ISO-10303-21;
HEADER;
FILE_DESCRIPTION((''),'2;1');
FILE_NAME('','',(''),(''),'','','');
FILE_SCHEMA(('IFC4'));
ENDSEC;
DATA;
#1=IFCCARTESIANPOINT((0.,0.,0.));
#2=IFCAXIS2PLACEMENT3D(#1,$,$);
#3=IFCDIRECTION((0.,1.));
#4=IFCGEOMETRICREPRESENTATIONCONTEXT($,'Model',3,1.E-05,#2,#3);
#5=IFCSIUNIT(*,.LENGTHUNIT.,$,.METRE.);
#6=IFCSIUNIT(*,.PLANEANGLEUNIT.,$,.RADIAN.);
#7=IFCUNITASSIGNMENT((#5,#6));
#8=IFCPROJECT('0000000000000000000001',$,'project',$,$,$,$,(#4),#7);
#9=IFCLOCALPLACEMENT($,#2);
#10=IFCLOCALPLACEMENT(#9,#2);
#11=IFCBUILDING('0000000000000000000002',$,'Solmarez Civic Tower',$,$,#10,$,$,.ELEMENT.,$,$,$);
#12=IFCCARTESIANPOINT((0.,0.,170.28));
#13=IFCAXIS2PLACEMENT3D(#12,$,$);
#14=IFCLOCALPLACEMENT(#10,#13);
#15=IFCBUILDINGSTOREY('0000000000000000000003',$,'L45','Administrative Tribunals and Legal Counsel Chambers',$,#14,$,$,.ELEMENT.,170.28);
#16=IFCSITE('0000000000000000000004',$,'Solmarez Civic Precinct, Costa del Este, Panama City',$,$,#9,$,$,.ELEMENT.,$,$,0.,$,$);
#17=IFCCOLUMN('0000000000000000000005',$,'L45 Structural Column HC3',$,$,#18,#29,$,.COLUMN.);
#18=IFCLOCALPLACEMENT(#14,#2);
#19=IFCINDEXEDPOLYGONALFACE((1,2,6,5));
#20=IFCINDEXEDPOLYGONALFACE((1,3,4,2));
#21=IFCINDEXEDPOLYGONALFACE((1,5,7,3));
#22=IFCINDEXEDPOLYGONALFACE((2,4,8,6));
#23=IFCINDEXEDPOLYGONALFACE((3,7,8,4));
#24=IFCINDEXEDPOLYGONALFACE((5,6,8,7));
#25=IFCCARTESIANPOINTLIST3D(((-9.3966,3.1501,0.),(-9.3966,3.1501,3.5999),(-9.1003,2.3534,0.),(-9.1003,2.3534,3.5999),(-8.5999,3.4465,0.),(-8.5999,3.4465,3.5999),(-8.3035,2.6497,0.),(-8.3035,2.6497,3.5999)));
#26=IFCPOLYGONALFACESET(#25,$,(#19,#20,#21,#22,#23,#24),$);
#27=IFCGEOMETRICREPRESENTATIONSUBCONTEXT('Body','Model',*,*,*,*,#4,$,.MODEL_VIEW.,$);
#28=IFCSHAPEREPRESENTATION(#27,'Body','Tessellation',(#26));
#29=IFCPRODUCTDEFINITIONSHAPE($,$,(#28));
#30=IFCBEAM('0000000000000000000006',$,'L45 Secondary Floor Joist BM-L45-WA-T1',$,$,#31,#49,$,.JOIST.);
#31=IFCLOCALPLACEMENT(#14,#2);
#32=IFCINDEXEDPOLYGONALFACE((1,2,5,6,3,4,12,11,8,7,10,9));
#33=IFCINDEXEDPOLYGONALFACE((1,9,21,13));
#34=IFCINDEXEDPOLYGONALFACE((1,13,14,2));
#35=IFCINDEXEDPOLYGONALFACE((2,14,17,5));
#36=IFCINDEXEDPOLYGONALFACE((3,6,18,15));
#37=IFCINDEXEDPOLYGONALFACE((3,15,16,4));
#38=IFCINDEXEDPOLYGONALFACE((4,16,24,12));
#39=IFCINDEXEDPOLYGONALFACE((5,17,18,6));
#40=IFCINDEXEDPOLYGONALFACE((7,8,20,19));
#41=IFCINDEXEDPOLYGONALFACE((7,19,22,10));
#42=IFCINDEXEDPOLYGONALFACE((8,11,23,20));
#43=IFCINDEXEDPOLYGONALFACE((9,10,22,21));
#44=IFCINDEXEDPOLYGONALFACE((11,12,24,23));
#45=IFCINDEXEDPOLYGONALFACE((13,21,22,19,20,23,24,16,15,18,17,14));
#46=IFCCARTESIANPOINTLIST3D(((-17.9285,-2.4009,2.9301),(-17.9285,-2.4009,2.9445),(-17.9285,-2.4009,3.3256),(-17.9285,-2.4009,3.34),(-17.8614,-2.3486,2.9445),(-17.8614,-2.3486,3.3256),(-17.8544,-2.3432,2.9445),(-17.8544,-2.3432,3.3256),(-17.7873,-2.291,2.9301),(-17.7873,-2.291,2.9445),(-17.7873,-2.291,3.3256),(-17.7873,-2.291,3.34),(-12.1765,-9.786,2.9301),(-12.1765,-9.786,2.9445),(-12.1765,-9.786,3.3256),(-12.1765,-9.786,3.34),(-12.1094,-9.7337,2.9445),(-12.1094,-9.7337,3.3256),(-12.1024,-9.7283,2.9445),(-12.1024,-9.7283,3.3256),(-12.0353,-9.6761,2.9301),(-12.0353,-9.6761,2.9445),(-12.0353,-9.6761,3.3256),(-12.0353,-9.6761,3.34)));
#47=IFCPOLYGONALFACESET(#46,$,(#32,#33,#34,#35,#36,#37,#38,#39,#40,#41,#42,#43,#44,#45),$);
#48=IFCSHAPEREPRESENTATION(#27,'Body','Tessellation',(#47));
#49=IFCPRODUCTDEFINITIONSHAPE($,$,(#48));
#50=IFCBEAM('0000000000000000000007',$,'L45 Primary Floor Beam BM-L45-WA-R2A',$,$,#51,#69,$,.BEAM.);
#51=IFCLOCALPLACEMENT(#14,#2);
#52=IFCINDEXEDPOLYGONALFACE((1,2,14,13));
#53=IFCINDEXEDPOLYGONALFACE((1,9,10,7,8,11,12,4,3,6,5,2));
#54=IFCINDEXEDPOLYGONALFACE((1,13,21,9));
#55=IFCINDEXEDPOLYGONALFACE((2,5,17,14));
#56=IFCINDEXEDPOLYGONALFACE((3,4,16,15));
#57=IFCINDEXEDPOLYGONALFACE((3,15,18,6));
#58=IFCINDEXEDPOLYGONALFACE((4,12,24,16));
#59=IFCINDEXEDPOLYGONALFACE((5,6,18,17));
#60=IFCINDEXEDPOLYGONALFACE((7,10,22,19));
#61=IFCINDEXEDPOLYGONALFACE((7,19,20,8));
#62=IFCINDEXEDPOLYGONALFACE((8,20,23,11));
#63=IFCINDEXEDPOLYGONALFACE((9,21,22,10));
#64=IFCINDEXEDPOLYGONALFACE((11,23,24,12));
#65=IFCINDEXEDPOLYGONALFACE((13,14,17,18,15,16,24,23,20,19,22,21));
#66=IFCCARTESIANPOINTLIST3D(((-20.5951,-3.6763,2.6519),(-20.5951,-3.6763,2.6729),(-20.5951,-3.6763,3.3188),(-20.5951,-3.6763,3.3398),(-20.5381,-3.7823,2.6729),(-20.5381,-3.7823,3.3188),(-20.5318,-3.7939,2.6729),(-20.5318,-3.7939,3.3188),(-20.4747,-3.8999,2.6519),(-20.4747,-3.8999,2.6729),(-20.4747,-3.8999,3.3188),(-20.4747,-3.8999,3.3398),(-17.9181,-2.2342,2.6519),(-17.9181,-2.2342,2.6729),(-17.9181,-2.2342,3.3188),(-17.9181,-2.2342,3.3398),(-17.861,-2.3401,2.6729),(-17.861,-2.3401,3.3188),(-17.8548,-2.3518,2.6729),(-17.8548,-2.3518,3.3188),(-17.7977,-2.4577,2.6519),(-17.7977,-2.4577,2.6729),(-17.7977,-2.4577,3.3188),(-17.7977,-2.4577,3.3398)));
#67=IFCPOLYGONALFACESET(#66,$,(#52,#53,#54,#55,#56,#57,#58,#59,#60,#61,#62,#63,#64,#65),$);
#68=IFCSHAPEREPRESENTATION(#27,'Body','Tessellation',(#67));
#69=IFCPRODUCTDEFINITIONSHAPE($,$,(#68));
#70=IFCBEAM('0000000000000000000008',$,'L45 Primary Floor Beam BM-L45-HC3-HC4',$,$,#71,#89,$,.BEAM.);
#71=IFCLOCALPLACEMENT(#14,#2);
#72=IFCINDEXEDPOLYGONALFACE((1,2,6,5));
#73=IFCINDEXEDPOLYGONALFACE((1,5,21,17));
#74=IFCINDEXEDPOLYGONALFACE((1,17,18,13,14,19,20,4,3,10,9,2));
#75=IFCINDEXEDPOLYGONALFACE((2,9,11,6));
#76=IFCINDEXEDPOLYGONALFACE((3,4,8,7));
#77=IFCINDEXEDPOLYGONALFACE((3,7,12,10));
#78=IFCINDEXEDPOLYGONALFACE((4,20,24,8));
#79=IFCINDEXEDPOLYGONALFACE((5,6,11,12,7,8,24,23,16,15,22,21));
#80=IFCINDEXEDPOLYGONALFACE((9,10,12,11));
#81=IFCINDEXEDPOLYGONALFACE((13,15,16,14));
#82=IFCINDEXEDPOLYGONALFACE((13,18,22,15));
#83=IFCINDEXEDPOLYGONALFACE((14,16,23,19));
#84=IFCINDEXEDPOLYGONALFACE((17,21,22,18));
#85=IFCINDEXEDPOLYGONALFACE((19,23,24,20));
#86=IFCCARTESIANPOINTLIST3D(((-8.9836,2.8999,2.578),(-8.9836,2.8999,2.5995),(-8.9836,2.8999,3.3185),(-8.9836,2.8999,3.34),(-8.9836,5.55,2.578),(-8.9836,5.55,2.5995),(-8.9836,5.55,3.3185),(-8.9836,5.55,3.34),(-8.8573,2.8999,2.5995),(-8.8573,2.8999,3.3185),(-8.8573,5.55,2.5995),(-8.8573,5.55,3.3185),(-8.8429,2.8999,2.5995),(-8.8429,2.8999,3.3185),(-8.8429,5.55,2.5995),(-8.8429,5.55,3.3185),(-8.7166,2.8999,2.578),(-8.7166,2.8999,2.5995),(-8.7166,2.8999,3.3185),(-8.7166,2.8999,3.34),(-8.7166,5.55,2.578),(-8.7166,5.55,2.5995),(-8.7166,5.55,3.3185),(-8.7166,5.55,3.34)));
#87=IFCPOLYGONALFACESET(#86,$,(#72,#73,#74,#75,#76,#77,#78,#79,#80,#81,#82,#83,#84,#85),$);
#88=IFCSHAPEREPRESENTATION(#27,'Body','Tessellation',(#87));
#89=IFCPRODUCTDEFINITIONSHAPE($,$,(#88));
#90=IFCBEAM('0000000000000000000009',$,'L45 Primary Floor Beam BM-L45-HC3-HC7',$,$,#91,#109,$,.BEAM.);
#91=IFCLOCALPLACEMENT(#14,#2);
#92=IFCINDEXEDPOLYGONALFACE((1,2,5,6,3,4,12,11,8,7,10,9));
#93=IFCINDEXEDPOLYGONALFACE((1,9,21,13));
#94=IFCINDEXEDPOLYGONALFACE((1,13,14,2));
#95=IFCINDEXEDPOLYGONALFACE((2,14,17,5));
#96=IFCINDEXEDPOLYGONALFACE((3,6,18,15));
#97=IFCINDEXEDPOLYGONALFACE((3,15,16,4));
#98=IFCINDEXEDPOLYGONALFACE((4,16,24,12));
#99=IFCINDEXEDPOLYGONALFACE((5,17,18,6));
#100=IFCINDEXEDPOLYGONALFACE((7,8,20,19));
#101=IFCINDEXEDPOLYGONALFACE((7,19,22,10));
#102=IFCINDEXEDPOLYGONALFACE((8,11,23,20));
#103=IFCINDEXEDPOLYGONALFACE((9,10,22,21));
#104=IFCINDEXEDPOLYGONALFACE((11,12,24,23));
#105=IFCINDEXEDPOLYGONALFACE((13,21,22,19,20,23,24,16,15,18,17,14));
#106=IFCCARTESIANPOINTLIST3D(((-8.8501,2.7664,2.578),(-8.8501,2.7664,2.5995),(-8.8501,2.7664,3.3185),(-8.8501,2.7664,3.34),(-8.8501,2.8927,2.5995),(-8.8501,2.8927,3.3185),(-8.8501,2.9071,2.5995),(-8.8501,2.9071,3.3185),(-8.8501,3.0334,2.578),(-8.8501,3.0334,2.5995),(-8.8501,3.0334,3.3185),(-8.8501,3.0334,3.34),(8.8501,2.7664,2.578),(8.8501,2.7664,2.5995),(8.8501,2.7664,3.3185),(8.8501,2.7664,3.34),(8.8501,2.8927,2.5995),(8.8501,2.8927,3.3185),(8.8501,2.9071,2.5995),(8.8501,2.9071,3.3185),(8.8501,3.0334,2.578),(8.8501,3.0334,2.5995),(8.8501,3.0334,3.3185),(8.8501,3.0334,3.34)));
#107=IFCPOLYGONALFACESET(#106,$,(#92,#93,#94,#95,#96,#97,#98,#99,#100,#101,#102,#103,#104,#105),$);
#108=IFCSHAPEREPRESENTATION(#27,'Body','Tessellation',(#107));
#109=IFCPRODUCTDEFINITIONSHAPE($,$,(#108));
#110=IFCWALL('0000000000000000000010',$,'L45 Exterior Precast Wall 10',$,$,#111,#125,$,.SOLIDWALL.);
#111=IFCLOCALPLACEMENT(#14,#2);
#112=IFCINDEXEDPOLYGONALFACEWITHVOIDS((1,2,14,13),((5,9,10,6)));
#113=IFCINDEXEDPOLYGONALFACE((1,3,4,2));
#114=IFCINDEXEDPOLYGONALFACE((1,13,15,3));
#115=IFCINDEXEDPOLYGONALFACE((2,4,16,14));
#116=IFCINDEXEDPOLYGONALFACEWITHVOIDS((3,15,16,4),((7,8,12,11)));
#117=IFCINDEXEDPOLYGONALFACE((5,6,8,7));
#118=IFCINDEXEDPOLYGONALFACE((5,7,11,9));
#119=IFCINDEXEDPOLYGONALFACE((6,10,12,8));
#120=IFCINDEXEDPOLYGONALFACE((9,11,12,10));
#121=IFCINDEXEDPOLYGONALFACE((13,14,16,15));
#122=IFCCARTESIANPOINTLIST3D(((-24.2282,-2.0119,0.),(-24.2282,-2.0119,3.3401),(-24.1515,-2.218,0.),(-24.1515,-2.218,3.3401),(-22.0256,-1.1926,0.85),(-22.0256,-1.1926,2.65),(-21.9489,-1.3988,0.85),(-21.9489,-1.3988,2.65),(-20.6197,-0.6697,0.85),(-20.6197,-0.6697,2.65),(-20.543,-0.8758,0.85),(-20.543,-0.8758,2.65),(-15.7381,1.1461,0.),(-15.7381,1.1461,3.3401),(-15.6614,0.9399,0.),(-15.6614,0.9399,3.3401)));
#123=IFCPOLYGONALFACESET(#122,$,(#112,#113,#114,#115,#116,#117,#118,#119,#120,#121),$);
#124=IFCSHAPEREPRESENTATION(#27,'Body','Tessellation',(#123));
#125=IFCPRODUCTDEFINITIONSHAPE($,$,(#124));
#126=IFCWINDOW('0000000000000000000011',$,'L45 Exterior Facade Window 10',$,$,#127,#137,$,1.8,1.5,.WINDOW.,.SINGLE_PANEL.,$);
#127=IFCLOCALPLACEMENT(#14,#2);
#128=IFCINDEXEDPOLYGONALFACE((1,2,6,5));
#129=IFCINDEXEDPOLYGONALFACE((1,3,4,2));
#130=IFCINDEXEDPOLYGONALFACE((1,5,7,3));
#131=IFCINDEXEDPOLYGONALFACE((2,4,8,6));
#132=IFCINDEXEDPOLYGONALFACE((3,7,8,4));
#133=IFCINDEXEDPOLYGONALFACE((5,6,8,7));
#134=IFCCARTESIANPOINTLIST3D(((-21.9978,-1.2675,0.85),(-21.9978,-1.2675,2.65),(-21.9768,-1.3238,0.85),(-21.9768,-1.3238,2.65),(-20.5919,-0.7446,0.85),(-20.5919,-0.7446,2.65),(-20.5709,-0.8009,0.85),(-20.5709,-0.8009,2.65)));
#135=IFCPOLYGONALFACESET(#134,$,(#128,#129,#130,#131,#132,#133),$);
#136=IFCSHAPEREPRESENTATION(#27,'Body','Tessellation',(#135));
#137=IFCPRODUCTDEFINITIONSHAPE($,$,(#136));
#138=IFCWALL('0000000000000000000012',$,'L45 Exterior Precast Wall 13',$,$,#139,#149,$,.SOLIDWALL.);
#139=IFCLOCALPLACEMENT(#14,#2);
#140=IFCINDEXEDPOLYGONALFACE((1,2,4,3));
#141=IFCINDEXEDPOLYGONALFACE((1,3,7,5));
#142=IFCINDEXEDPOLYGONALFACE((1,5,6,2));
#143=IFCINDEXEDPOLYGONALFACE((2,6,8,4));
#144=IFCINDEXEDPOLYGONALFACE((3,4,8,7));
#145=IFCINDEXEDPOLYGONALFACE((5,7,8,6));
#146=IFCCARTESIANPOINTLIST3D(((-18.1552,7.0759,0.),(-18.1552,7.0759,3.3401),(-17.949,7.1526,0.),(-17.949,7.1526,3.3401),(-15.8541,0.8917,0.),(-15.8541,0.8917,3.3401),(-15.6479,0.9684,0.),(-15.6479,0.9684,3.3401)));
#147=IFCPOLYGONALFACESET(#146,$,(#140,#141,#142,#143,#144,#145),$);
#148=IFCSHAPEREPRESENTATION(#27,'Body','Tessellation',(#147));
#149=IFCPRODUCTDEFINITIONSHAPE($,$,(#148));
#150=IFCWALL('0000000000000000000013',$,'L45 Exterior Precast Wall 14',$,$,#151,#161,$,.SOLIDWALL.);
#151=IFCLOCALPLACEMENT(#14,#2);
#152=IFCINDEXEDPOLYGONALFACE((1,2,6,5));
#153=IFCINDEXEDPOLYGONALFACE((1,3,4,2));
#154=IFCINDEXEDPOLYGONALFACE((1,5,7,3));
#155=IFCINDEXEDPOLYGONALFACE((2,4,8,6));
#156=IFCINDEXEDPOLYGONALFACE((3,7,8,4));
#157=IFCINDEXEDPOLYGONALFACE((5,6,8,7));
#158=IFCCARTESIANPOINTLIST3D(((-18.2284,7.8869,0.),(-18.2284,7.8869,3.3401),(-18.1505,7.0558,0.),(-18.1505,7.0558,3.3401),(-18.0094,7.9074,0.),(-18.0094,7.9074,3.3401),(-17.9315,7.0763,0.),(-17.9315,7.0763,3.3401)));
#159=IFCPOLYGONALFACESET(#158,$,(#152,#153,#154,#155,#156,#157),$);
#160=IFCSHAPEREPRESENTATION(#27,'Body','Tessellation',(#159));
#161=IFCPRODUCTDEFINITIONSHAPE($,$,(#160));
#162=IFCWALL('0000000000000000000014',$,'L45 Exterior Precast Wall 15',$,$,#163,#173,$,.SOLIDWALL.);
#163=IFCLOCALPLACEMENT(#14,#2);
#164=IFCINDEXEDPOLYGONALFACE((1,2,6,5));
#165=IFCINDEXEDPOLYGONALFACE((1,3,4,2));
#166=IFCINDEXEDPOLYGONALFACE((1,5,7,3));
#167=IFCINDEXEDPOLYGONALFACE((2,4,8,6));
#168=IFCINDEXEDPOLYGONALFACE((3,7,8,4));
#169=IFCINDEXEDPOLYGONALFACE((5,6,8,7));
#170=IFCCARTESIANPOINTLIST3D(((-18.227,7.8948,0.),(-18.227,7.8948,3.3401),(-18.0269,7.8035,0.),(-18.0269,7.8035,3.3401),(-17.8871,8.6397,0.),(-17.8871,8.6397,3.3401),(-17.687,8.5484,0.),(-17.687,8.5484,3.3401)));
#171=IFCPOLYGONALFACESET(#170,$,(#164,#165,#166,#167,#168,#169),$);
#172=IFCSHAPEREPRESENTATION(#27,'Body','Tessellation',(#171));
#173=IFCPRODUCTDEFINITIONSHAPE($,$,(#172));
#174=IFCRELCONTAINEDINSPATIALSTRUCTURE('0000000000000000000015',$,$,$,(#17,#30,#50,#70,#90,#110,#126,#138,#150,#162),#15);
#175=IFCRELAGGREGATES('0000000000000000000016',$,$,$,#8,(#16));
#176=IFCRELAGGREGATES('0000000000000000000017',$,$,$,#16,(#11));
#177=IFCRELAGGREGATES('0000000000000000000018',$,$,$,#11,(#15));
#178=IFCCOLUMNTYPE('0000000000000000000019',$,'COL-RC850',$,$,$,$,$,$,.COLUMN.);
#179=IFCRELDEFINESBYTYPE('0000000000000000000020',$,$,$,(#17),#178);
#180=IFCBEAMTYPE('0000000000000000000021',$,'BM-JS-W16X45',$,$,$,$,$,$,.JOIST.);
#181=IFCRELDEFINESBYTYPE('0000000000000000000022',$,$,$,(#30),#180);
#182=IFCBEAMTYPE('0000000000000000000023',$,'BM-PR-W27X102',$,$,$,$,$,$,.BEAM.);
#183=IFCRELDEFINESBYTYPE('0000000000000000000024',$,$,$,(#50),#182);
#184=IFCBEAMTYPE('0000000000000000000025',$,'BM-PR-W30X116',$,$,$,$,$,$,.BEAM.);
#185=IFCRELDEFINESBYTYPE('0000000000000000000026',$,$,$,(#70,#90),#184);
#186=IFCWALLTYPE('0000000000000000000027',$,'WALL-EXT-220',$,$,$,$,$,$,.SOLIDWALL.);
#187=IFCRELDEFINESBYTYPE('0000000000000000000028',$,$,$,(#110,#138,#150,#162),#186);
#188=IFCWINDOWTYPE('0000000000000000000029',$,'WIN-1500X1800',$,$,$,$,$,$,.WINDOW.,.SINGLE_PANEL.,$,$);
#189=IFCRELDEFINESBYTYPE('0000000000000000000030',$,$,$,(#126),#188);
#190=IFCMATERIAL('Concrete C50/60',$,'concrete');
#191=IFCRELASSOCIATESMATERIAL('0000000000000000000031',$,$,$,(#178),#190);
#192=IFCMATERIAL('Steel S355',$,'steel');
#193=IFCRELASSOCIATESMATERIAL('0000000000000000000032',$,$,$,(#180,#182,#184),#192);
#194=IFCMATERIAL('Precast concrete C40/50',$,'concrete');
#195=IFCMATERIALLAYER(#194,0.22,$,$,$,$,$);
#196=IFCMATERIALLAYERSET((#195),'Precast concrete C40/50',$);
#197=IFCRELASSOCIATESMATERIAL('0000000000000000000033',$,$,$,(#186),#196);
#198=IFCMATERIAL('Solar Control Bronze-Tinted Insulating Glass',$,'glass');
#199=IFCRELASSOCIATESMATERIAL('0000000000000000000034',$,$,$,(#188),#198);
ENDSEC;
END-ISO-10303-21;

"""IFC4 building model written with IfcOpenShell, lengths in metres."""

from ifc_helpers import new_model, si_unit, direction, frame, frame_2d, origin, origin_2d, place, context, subcontext, project, spatial, rectangle, i_section, extrude, material, layer, layer_set, material_profile, profile_set, type_object, element, fill, save


model = new_model("IFC4")

# Units and contexts
model_context = context("Model", 3, precision=1e-05, world=origin(), true_north=direction((0.0, 1.0)))
body_context = subcontext(model_context, "Body", "Model", "MODEL_VIEW")
ifc_project = project(units=[si_unit("LENGTHUNIT", "METRE"), si_unit("PLANEANGLEUNIT", "RADIAN")], contexts=[model_context])

# Site, building, storey
site_placement = place(None, origin())
site = spatial("IfcSite", under=ifc_project, at=site_placement, Name="Solmarez Civic Precinct, Costa del Este, Panama City", CompositionType="ELEMENT", RefElevation=0.0)
building_placement = place(site_placement, origin())
building = spatial("IfcBuilding", under=site, at=building_placement, Name="Solmarez Civic Tower", CompositionType="ELEMENT")
storey_placement = place(building_placement, frame((0.0, 0.0, 170.28)))
storey = spatial("IfcBuildingStorey", under=building, at=storey_placement, Name="L45", Description="Administrative Tribunals and Legal Counsel Chambers", CompositionType="ELEMENT", Elevation=170.28)

# Column
ifc_material_1 = material(Name="Concrete C50/60", Category="concrete")
ifc_material_profile_1 = material_profile(ifc_material_1, rectangle(XDim=0.8501, YDim=0.8501, at=origin_2d()), Name="RC850X850")
ifc_profile_set_1 = profile_set([ifc_material_profile_1], Name="Concrete C50/60")
column_type = type_object("IfcColumnType", Name="COL-RC850", PredefinedType="COLUMN", material=ifc_profile_set_1)
column_placement = place(storey_placement, frame((-8.8501, 2.8999, 0.0), z_axis=(0.0, 0.0, 1.0), x_axis=(0.937282, 0.348572, 0.0)))
element("IfcColumn", 1, at=column_placement, inside=storey, type_object=column_type, Name="L45 Structural Column HC3", PredefinedType="COLUMN", context=body_context, shape_type="SweptSolid", body=[
    extrude(rectangle(XDim=0.8501, YDim=0.8501, at=origin_2d()), origin(), (0.0, 0.0, 1.0), 3.5999),
])

# Beams
ifc_material_2 = material(Name="Steel S355", Category="steel")
ifc_material_profile_2 = material_profile(ifc_material_2, i_section(OverallWidth=0.179, OverallDepth=0.4099, WebThickness=0.0088, FlangeThickness=0.0144, at=origin_2d()), Name="W16X45")
ifc_profile_set_2 = profile_set([ifc_material_profile_2], Name="Steel S355")
beam_type_1 = type_object("IfcBeamType", Name="BM-JS-W16X45", PredefinedType="JOIST", material=ifc_profile_set_2)
beam_1_placement = place(storey_placement, frame((-17.8579, -2.3459, 3.135), z_axis=(0.614477, -0.788935, 0.0), x_axis=(0.788935, 0.614477, 0.0)))
element("IfcBeam", 2, at=beam_1_placement, inside=storey, type_object=beam_type_1, Name="L45 Secondary Floor Joist BM-L45-WA-T1", PredefinedType="JOIST", context=body_context, shape_type="SweptSolid", body=[
    extrude(i_section(OverallWidth=0.179, OverallDepth=0.4099, WebThickness=0.0088, FlangeThickness=0.0144, at=origin_2d()), origin(), (0.0, 0.0, 1.0), 9.3608),
])
ifc_material_profile_3 = material_profile(ifc_material_2, i_section(OverallWidth=0.2539, OverallDepth=0.688, WebThickness=0.0132, FlangeThickness=0.021, at=origin_2d()), Name="W27X102")
ifc_profile_set_3 = profile_set([ifc_material_profile_3], Name="Steel S355")
beam_type_2 = type_object("IfcBeamType", Name="BM-PR-W27X102", PredefinedType="BEAM", material=ifc_profile_set_3)
beam_2_placement = place(storey_placement, frame((-17.8579, -2.3459, 2.9958), z_axis=(-0.880378, -0.474272, 0.0), x_axis=(0.474272, -0.880378, 0.0)))
element("IfcBeam", 3, at=beam_2_placement, inside=storey, type_object=beam_type_2, Name="L45 Primary Floor Beam BM-L45-WA-R2A", PredefinedType="BEAM", context=body_context, shape_type="SweptSolid", body=[
    extrude(i_section(OverallWidth=0.2539, OverallDepth=0.688, WebThickness=0.0132, FlangeThickness=0.021, at=origin_2d()), origin(), (0.0, 0.0, 1.0), 3.0408),
])
ifc_material_profile_4 = material_profile(ifc_material_2, i_section(OverallWidth=0.2671, OverallDepth=0.762, WebThickness=0.0144, FlangeThickness=0.0215, at=origin_2d()), Name="W30X116")
ifc_profile_set_4 = profile_set([ifc_material_profile_4], Name="Steel S355")
beam_type_3 = type_object("IfcBeamType", Name="BM-PR-W30X116", PredefinedType="BEAM", material=ifc_profile_set_4)
beam_3_placement = place(storey_placement, frame((-8.8501, 2.8999, 2.959), z_axis=(0.0, 1.0, 0.0), x_axis=(-1.0, 0.0, 0.0)))
element("IfcBeam", 4, at=beam_3_placement, inside=storey, type_object=beam_type_3, Name="L45 Primary Floor Beam BM-L45-HC3-HC4", PredefinedType="BEAM", context=body_context, shape_type="SweptSolid", body=[
    extrude(i_section(OverallWidth=0.2671, OverallDepth=0.762, WebThickness=0.0144, FlangeThickness=0.0215, at=origin_2d()), origin(), (0.0, 0.0, 1.0), 2.6501),
])
beam_4_placement = place(storey_placement, frame((-8.8501, 2.8999, 2.959), z_axis=(1.0, 0.0, 0.0), x_axis=(0.0, 1.0, 0.0)))
element("IfcBeam", 5, at=beam_4_placement, inside=storey, type_object=beam_type_3, Name="L45 Primary Floor Beam BM-L45-HC3-HC7", PredefinedType="BEAM", context=body_context, shape_type="SweptSolid", body=[
    extrude(i_section(OverallWidth=0.2671, OverallDepth=0.762, WebThickness=0.0144, FlangeThickness=0.0215, at=origin_2d()), origin(), (0.0, 0.0, 1.0), 17.7002),
])

# Wall, opening, window
ifc_material_3 = material(Name="Precast concrete C40/50", Category="concrete")
ifc_layer_1 = layer(ifc_material_3, 0.22)
ifc_layer_set_1 = layer_set([ifc_layer_1], Name="Precast concrete C40/50")
wall_type_1 = type_object("IfcWallType", Name="WALL-EXT-220", PredefinedType="SOLIDWALL", material=ifc_layer_set_1)
wall_1_placement = place(storey_placement, frame((-24.1899, -2.115, 0.0), z_axis=(0.0, 0.0, 1.0), x_axis=(0.937262, 0.348626, 0.0)))
wall_1 = element("IfcWall", 6, at=wall_1_placement, inside=storey, type_object=wall_type_1, Name="L45 Exterior Precast Wall 10", PredefinedType="SOLIDWALL", context=body_context, shape_type="SweptSolid", body=[
    extrude(rectangle(XDim=9.0583, YDim=0.22, at=frame_2d((4.5293, 0.0))), origin(), (0.0, 0.0, 1.0), 3.3401),
])
opening_1_placement = place(wall_1_placement, frame((2.3501, 0.0, 0.8501)))
opening_1 = element("IfcOpeningElement", 7, at=opening_1_placement, cuts=wall_1, PredefinedType="OPENING", context=body_context, shape_type="SweptSolid", body=[
    extrude(rectangle(XDim=1.5, YDim=1.8, at=frame_2d((0.75, 0.8999))), frame((0.0, 0.1199, 0.0), z_axis=(0.0, -1.0, 0.0), x_axis=(1.0, 0.0, 0.0)), (0.0, 0.0, 1.0), 0.24),
])
ifc_material_4 = material(Name="Solar Control Bronze-Tinted Insulating Glass", Category="glass")
window_type = type_object("IfcWindowType", Name="WIN-1500X1800", PartitioningType="SINGLE_PANEL", PredefinedType="WINDOW", material=ifc_material_4)
window_placement = place(opening_1_placement, origin())
window = element("IfcWindow", 8, at=window_placement, inside=storey, type_object=window_type, Name="L45 Exterior Facade Window 10", OverallHeight=1.8, OverallWidth=1.5, PartitioningType="SINGLE_PANEL", PredefinedType="WINDOW", context=body_context, shape_type="SweptSolid", body=[
    extrude(rectangle(XDim=1.5, YDim=1.8, at=frame_2d((0.75, 0.8999))), frame((0.0, 0.03, 0.0), z_axis=(0.0, -1.0, 0.0), x_axis=(1.0, 0.0, 0.0)), (0.0, 0.0, 1.0), 0.0601),
])
fill(opening_1, window)

# Walls
wall_2_placement = place(storey_placement, frame((-15.751, 0.9299, 0.0), z_axis=(0.0, 0.0, 1.0), x_axis=(-0.34873, 0.937223, 0.0)))
element("IfcWall", 9, at=wall_2_placement, inside=storey, type_object=wall_type_1, Name="L45 Exterior Precast Wall 13", PredefinedType="SOLIDWALL", context=body_context, shape_type="SweptSolid", body=[
    extrude(rectangle(XDim=6.5984, YDim=0.22, at=frame_2d((3.2993, 0.0))), origin(), (0.0, 0.0, 1.0), 3.3401),
])
wall_3_placement = place(storey_placement, frame((-18.041, 7.0659, 0.0), z_axis=(0.0, 0.0, 1.0), x_axis=(-0.093304, 0.995638, 0.0)))
element("IfcWall", 10, at=wall_3_placement, inside=storey, type_object=wall_type_1, Name="L45 Exterior Precast Wall 14", PredefinedType="SOLIDWALL", context=body_context, shape_type="SweptSolid", body=[
    extrude(rectangle(XDim=0.8347, YDim=0.22, at=frame_2d((0.4175, 0.0))), origin(), (0.0, 0.0, 1.0), 3.3401),
])
wall_4_placement = place(storey_placement, frame((-18.127, 7.8491, 0.0), z_axis=(0.0, 0.0, 1.0), x_axis=(0.415083, 0.909783, 0.0)))
element("IfcWall", 11, at=wall_4_placement, inside=storey, type_object=wall_type_1, Name="L45 Exterior Precast Wall 15", PredefinedType="SOLIDWALL", context=body_context, shape_type="SweptSolid", body=[
    extrude(rectangle(XDim=0.8188, YDim=0.22, at=frame_2d((0.4094, 0.0))), origin(), (0.0, 0.0, 1.0), 3.3401),
])

save(model, "model.ifc")
